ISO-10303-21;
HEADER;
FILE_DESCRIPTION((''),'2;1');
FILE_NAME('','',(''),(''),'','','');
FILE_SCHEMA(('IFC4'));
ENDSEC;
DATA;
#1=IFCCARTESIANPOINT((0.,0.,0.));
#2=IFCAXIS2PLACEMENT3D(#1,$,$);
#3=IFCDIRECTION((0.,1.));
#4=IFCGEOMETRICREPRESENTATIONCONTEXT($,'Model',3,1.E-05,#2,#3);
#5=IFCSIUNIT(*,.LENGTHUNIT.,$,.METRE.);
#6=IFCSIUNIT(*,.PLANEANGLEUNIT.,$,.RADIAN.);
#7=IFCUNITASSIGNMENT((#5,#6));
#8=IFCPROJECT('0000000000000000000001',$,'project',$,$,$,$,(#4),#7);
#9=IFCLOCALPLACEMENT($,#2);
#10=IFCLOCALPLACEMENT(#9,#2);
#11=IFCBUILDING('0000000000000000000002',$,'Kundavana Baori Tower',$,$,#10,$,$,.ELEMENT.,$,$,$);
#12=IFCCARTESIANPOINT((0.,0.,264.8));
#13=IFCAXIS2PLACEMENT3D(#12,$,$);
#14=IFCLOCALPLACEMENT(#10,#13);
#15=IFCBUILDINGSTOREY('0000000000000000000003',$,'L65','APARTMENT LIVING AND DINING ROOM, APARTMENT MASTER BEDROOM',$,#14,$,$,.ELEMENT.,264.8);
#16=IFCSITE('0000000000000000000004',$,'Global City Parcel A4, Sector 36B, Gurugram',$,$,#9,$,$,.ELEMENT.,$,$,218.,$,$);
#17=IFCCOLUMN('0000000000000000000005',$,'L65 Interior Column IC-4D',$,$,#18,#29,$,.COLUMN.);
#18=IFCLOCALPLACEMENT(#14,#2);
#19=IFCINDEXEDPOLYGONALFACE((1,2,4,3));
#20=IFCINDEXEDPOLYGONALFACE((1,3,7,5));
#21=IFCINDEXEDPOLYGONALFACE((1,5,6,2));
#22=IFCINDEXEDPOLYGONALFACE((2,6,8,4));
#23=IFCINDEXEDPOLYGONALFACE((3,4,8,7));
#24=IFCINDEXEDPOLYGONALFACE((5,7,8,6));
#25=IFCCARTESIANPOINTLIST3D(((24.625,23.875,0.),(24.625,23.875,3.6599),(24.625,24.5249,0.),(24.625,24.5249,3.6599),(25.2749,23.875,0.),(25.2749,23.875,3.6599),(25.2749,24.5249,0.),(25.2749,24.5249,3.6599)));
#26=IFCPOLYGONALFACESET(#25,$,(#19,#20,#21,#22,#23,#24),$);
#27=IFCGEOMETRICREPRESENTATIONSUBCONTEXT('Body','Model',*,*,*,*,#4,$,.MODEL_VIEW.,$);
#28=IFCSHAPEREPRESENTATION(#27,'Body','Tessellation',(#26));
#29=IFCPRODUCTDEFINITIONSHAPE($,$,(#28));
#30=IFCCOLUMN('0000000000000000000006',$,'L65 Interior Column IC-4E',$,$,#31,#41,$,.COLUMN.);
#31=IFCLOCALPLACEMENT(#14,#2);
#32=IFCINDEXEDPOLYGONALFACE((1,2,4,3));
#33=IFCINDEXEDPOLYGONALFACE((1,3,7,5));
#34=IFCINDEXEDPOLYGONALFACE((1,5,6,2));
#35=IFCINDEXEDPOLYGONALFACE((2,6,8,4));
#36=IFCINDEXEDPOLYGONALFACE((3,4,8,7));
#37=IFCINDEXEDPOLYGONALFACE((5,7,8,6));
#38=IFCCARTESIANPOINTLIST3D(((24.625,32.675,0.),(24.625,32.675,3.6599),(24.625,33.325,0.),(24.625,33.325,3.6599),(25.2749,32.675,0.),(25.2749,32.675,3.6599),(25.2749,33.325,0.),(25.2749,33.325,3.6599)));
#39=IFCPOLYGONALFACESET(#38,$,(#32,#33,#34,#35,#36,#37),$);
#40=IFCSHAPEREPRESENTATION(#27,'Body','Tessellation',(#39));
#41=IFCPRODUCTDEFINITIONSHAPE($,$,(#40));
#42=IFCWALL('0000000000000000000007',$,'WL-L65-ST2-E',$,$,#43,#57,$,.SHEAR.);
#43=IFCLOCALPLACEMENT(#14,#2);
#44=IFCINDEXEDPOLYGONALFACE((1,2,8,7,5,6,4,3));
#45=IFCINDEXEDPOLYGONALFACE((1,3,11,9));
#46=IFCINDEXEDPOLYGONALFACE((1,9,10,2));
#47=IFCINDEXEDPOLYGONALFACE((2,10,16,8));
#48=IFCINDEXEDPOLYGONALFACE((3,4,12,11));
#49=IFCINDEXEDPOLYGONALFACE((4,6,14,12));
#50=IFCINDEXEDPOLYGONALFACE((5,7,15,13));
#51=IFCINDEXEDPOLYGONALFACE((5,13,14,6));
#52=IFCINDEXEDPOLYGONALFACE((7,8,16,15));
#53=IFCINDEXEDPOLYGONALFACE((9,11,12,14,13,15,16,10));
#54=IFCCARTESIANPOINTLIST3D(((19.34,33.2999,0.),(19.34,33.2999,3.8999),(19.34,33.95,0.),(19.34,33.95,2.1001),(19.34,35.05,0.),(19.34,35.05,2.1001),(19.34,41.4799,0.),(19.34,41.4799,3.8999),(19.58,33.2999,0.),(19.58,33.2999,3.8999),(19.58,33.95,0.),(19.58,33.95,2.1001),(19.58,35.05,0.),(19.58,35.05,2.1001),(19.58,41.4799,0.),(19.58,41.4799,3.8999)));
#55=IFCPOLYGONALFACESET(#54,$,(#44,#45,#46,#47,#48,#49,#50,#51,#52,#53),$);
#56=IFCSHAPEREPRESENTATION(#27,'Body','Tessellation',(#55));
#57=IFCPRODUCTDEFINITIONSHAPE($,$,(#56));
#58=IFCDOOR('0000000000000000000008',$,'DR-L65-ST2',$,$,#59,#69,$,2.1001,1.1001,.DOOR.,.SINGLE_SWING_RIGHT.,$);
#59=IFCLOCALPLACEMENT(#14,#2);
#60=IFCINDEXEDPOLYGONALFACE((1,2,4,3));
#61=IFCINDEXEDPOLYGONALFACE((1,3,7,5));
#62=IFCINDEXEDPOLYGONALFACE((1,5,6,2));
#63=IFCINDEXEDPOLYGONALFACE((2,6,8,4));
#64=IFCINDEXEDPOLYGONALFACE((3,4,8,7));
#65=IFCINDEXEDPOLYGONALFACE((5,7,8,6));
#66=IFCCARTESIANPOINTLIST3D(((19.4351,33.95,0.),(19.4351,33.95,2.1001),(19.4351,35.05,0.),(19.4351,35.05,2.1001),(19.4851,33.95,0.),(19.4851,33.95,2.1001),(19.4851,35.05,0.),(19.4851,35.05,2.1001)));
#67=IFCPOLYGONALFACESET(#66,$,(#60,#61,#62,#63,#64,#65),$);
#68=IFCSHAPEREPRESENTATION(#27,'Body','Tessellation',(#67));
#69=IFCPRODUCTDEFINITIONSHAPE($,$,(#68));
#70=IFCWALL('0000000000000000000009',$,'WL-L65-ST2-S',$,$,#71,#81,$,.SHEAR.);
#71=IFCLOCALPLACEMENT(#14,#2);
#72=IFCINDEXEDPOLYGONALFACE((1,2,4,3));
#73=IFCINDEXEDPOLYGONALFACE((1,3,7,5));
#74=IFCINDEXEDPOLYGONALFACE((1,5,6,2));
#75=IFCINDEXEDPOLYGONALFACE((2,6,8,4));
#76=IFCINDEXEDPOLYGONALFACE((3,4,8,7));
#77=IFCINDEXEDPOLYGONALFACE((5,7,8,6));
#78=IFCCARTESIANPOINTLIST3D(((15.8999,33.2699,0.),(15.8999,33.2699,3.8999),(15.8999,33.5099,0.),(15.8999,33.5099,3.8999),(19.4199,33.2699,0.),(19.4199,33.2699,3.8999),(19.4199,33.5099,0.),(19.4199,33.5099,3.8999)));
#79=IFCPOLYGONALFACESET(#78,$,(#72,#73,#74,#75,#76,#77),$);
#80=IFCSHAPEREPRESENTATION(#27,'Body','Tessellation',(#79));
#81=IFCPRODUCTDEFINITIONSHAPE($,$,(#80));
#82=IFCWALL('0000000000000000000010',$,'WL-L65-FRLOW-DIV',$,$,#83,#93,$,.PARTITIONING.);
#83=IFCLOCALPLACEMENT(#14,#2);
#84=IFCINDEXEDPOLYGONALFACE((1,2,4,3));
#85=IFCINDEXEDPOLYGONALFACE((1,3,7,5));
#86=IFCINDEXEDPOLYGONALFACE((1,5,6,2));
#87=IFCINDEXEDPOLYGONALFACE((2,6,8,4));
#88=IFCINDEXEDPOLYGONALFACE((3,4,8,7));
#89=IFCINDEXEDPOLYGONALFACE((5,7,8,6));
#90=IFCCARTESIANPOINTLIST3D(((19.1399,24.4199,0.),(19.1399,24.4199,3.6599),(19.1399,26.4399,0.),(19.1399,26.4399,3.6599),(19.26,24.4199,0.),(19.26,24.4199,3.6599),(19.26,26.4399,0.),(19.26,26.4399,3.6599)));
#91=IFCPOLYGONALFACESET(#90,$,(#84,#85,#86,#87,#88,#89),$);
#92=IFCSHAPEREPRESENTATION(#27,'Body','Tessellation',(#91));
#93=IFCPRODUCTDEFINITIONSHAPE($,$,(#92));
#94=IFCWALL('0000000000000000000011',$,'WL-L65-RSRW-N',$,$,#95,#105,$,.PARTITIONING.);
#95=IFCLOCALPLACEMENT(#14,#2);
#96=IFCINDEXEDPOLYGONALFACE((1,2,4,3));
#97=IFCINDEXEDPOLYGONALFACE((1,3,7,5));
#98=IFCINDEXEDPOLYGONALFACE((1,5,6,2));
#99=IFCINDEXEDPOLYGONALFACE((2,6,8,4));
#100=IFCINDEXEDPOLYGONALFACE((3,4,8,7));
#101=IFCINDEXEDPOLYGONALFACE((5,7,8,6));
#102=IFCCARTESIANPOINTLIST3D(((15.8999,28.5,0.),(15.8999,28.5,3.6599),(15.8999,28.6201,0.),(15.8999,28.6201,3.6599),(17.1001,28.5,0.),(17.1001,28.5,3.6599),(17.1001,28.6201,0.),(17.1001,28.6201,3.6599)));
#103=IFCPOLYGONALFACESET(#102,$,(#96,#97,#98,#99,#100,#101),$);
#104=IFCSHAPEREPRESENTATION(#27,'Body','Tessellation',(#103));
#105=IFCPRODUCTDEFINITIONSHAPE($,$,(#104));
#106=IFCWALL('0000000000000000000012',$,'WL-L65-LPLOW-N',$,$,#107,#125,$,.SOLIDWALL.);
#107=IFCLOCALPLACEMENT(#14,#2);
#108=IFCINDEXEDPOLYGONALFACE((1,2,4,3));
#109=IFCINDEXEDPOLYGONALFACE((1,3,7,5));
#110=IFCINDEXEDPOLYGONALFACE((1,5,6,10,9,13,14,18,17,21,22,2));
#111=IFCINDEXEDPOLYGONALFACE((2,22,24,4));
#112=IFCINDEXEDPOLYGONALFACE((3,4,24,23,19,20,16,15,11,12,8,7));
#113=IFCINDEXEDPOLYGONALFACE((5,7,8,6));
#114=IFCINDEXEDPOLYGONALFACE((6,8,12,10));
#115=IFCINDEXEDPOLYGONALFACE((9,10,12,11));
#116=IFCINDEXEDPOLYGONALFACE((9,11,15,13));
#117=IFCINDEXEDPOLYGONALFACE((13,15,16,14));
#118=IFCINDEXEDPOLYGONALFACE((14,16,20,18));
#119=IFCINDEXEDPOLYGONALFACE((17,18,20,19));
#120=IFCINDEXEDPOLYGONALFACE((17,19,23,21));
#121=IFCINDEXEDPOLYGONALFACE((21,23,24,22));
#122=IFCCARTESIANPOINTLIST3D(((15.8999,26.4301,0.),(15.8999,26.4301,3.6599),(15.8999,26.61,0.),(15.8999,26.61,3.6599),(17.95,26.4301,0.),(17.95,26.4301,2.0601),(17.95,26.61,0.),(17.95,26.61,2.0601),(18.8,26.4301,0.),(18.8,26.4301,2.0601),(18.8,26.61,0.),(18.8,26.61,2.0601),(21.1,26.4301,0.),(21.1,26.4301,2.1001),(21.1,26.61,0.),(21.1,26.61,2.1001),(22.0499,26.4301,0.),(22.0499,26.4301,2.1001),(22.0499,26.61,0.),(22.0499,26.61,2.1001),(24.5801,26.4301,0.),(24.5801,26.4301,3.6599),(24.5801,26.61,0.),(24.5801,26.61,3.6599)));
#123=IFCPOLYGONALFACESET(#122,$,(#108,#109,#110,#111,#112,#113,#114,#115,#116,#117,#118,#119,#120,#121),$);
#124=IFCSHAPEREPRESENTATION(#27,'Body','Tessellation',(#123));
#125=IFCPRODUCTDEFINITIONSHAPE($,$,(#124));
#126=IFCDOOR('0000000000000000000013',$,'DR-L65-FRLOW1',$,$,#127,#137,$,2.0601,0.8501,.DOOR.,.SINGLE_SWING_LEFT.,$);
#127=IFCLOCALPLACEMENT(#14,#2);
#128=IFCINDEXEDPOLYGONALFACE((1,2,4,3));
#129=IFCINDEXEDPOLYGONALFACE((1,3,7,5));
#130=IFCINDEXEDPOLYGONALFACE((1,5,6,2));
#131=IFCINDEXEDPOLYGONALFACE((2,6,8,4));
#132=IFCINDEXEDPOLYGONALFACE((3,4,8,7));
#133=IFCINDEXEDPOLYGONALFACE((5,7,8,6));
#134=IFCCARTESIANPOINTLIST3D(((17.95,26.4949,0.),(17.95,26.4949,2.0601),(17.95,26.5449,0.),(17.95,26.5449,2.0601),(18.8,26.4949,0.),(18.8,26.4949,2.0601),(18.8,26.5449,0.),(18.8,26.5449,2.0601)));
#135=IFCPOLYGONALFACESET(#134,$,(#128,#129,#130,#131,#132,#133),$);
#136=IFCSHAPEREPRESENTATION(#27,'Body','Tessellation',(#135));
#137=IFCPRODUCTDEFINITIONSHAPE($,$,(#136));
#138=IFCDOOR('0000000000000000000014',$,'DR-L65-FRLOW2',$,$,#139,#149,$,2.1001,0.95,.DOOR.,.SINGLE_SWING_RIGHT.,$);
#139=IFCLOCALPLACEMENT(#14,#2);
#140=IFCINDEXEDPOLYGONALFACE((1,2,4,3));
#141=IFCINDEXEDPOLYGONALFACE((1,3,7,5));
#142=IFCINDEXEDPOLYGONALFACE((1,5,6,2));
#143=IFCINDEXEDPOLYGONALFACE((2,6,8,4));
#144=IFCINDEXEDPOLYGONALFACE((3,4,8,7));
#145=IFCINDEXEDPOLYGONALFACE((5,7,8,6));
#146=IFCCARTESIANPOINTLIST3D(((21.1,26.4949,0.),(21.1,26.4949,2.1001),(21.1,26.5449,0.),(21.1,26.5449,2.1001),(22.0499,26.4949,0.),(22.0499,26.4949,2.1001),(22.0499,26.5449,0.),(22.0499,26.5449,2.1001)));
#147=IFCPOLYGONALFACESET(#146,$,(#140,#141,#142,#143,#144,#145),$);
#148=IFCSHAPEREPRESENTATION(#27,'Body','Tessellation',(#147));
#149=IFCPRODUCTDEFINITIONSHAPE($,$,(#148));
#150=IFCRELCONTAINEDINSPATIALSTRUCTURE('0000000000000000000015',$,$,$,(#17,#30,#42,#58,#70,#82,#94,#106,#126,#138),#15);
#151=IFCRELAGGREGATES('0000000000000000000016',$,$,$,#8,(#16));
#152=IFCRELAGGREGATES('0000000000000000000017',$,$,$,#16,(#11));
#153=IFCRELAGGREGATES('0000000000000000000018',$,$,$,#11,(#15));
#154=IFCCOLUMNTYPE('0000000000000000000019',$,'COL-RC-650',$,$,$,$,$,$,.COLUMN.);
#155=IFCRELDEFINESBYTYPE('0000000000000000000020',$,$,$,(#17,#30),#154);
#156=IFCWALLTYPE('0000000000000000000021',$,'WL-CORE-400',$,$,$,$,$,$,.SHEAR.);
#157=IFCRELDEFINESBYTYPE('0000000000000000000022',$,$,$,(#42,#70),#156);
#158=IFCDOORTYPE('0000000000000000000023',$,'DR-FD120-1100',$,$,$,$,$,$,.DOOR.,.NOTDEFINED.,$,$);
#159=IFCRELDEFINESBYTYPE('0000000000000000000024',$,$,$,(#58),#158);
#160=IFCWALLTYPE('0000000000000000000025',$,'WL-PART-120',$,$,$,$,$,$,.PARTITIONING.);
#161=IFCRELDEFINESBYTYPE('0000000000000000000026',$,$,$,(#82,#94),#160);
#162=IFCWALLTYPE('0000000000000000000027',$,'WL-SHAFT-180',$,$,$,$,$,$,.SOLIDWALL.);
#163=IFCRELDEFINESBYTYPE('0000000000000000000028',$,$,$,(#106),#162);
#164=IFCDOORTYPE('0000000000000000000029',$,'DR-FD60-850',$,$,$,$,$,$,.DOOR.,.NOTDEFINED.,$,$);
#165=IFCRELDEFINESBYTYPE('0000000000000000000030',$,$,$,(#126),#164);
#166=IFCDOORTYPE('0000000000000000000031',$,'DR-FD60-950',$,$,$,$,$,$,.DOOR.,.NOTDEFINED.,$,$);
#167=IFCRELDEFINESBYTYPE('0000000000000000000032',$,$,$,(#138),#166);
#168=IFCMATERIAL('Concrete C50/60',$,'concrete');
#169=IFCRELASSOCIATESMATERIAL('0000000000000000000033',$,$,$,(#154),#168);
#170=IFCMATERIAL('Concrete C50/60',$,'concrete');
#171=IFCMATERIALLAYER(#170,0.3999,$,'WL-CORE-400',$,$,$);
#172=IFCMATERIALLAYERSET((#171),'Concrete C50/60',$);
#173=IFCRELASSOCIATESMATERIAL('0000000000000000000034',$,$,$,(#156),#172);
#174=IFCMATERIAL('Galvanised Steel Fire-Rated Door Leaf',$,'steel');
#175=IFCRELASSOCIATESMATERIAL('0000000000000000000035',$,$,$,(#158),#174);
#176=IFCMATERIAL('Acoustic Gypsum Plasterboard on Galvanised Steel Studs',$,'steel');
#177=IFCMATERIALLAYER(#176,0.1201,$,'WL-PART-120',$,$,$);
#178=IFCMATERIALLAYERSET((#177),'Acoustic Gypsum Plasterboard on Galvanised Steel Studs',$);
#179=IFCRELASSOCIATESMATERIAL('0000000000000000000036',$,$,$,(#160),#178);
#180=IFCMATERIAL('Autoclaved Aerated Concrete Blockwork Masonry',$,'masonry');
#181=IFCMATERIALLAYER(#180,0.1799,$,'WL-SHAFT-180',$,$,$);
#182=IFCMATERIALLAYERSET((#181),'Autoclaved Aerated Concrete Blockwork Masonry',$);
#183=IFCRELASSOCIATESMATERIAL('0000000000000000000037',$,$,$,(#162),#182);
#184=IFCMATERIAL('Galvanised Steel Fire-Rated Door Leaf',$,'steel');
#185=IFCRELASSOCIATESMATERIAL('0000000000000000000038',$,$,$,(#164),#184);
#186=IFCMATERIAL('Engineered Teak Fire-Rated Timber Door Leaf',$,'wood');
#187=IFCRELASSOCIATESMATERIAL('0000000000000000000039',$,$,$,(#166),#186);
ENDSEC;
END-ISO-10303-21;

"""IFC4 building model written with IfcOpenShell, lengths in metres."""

from ifc_helpers import new_model, si_unit, direction, frame, frame_2d, origin, origin_2d, place, context, subcontext, project, spatial, rectangle, extrude, material, layer, layer_set, material_profile, profile_set, type_object, element, fill, save


model = new_model("IFC4")

# Units and contexts
model_context = context("Model", 3, precision=1e-05, world=origin(), true_north=direction((0.0, 1.0)))
body_context = subcontext(model_context, "Body", "Model", "MODEL_VIEW")
ifc_project = project(units=[si_unit("LENGTHUNIT", "METRE"), si_unit("PLANEANGLEUNIT", "RADIAN")], contexts=[model_context])

# Site, building, storey
site_placement = place(None, origin())
site = spatial("IfcSite", under=ifc_project, at=site_placement, Name="Global City Parcel A4, Sector 36B, Gurugram", CompositionType="ELEMENT", RefElevation=218.0)
building_placement = place(site_placement, origin())
building = spatial("IfcBuilding", under=site, at=building_placement, Name="Kundavana Baori Tower", CompositionType="ELEMENT")
storey_placement = place(building_placement, frame((0.0, 0.0, 264.8)))
storey = spatial("IfcBuildingStorey", under=building, at=storey_placement, Name="L65", Description="APARTMENT LIVING AND DINING ROOM, APARTMENT MASTER BEDROOM", CompositionType="ELEMENT", Elevation=264.8)

# Columns
ifc_material_1 = material(Name="Concrete C50/60", Category="concrete")
ifc_material_profile = material_profile(ifc_material_1, rectangle(XDim=0.6499, YDim=0.6499, at=origin_2d()), Name="RC 650x650")
ifc_profile_set = profile_set([ifc_material_profile], Name="Concrete C50/60")
column_type = type_object("IfcColumnType", Name="COL-RC-650", PredefinedType="COLUMN", material=ifc_profile_set)
for number, where, z_axis, x_axis, name in (
    (1, (24.95, 24.2, 0.0), (0.0, 0.0, 1.0), (1.0, 0.0, 0.0), "L65 Interior Column IC-4D"),
    (2, (24.95, 33.0, 0.0), (0.0, 0.0, 1.0), (1.0, 0.0, 0.0), "L65 Interior Column IC-4E"),
):
    element("IfcColumn", number, at=place(storey_placement, frame(where, z_axis=z_axis, x_axis=x_axis)), inside=storey, type_object=column_type, Name=name, PredefinedType="COLUMN", context=body_context, shape_type="SweptSolid", body=[
        extrude(rectangle(XDim=0.6499, YDim=0.6499, at=origin_2d()), origin(), (0.0, 0.0, 1.0), 3.6599),
    ])

# Wall, opening, door
ifc_material_2 = material(Name="Concrete C50/60", Category="concrete")
ifc_layer_1 = layer(ifc_material_2, 0.3999, Name="WL-CORE-400")
ifc_layer_set_1 = layer_set([ifc_layer_1], Name="Concrete C50/60")
wall_type_1 = type_object("IfcWallType", Name="WL-CORE-400", PredefinedType="SHEAR", material=ifc_layer_set_1)
wall_1_placement = place(storey_placement, frame((19.46, 33.3, 0.0), z_axis=(0.0, 0.0, 1.0), x_axis=(0.0, 1.0, 0.0)))
wall_1 = element("IfcWall", 3, at=wall_1_placement, inside=storey, type_object=wall_type_1, Name="WL-L65-ST2-E", PredefinedType="SHEAR", context=body_context, shape_type="SweptSolid", body=[
    extrude(rectangle(XDim=8.1799, YDim=0.24, at=frame_2d((4.0898, 0.0))), origin(), (0.0, 0.0, 1.0), 3.8999),
])
opening_1_placement = place(wall_1_placement, frame((0.6499, 0.0, 0.0)))
opening_1 = element("IfcOpeningElement", 4, at=opening_1_placement, cuts=wall_1, PredefinedType="OPENING", context=body_context, shape_type="SweptSolid", body=[
    extrude(rectangle(XDim=1.1001, YDim=2.1001, at=frame_2d((0.55, 1.05))), frame((0.0, 0.1299, 0.0), z_axis=(0.0, -1.0, 0.0), x_axis=(1.0, 0.0, 0.0)), (0.0, 0.0, 1.0), 0.26),
])
ifc_material_3 = material(Name="Galvanised Steel Fire-Rated Door Leaf", Category="steel")
door_type_1 = type_object("IfcDoorType", Name="DR-FD120-1100", OperationType="NOTDEFINED", PredefinedType="DOOR", material=ifc_material_3)
door_1_placement = place(opening_1_placement, origin())
door_1 = element("IfcDoor", 5, at=door_1_placement, inside=storey, type_object=door_type_1, Name="DR-L65-ST2", OperationType="SINGLE_SWING_RIGHT", OverallHeight=2.1001, OverallWidth=1.1001, PredefinedType="DOOR", context=body_context, shape_type="SweptSolid", body=[
    extrude(rectangle(XDim=1.1001, YDim=2.1001, at=frame_2d((0.55, 1.05))), frame((0.0, 0.0249, 0.0), z_axis=(0.0, -1.0, 0.0), x_axis=(1.0, 0.0, 0.0)), (0.0, 0.0, 1.0), 0.05),
])
fill(opening_1, door_1)

# Walls
wall_2_placement = place(storey_placement, frame((15.8999, 33.3899, 0.0), z_axis=(0.0, 0.0, 1.0), x_axis=(1.0, 0.0, 0.0)))
element("IfcWall", 6, at=wall_2_placement, inside=storey, type_object=wall_type_1, Name="WL-L65-ST2-S", PredefinedType="SHEAR", context=body_context, shape_type="SweptSolid", body=[
    extrude(rectangle(XDim=3.52, YDim=0.24, at=frame_2d((1.76, 0.0))), origin(), (0.0, 0.0, 1.0), 3.8999),
])
ifc_material_4 = material(Name="Acoustic Gypsum Plasterboard on Galvanised Steel Studs", Category="steel")
ifc_layer_2 = layer(ifc_material_4, 0.1201, Name="WL-PART-120")
ifc_layer_set_2 = layer_set([ifc_layer_2], Name="Acoustic Gypsum Plasterboard on Galvanised Steel Studs")
wall_type_2 = type_object("IfcWallType", Name="WL-PART-120", PredefinedType="PARTITIONING", material=ifc_layer_set_2)
wall_3_placement = place(storey_placement, frame((19.2, 24.4199, 0.0), z_axis=(0.0, 0.0, 1.0), x_axis=(0.0, 1.0, 0.0)))
element("IfcWall", 7, at=wall_3_placement, inside=storey, type_object=wall_type_2, Name="WL-L65-FRLOW-DIV", PredefinedType="PARTITIONING", context=body_context, shape_type="SweptSolid", body=[
    extrude(rectangle(XDim=2.02, YDim=0.1201, at=frame_2d((1.01, 0.0))), origin(), (0.0, 0.0, 1.0), 3.6599),
])
wall_4_placement = place(storey_placement, frame((15.8999, 28.5601, 0.0), z_axis=(0.0, 0.0, 1.0), x_axis=(1.0, 0.0, 0.0)))
element("IfcWall", 8, at=wall_4_placement, inside=storey, type_object=wall_type_2, Name="WL-L65-RSRW-N", PredefinedType="PARTITIONING", context=body_context, shape_type="SweptSolid", body=[
    extrude(rectangle(XDim=1.2002, YDim=0.1201, at=frame_2d((0.6001, 0.0))), origin(), (0.0, 0.0, 1.0), 3.6599),
])

# Wall, openings, doors
ifc_material_5 = material(Name="Autoclaved Aerated Concrete Blockwork Masonry", Category="masonry")
ifc_layer_3 = layer(ifc_material_5, 0.1799, Name="WL-SHAFT-180")
ifc_layer_set_3 = layer_set([ifc_layer_3], Name="Autoclaved Aerated Concrete Blockwork Masonry")
wall_type_3 = type_object("IfcWallType", Name="WL-SHAFT-180", PredefinedType="SOLIDWALL", material=ifc_layer_set_3)
wall_5_placement = place(storey_placement, frame((15.8999, 26.52, 0.0), z_axis=(0.0, 0.0, 1.0), x_axis=(1.0, 0.0, 0.0)))
wall_5 = element("IfcWall", 9, at=wall_5_placement, inside=storey, type_object=wall_type_3, Name="WL-L65-LPLOW-N", PredefinedType="SOLIDWALL", context=body_context, shape_type="SweptSolid", body=[
    extrude(rectangle(XDim=8.6802, YDim=0.1799, at=frame_2d((4.3401, 0.0))), origin(), (0.0, 0.0, 1.0), 3.6599),
])
opening_2_placement = place(wall_5_placement, frame((2.05, 0.0, 0.0)))
opening_2 = element("IfcOpeningElement", 10, at=opening_2_placement, cuts=wall_5, PredefinedType="OPENING", context=body_context, shape_type="SweptSolid", body=[
    extrude(rectangle(XDim=0.8501, YDim=2.0601, at=frame_2d((0.425, 1.03))), frame((0.0, 0.1001, 0.0), z_axis=(0.0, -1.0, 0.0), x_axis=(1.0, 0.0, 0.0)), (0.0, 0.0, 1.0), 0.2),
])
opening_3_placement = place(wall_5_placement, frame((5.2, 0.0, 0.0)))
opening_3 = element("IfcOpeningElement", 11, at=opening_3_placement, cuts=wall_5, PredefinedType="OPENING", context=body_context, shape_type="SweptSolid", body=[
    extrude(rectangle(XDim=0.95, YDim=2.1001, at=frame_2d((0.4751, 1.05))), frame((0.0, 0.1001, 0.0), z_axis=(0.0, -1.0, 0.0), x_axis=(1.0, 0.0, 0.0)), (0.0, 0.0, 1.0), 0.2),
])
ifc_material_6 = material(Name="Galvanised Steel Fire-Rated Door Leaf", Category="steel")
door_type_2 = type_object("IfcDoorType", Name="DR-FD60-850", OperationType="NOTDEFINED", PredefinedType="DOOR", material=ifc_material_6)
door_2_placement = place(opening_2_placement, origin())
door_2 = element("IfcDoor", 12, at=door_2_placement, inside=storey, type_object=door_type_2, Name="DR-L65-FRLOW1", OperationType="SINGLE_SWING_LEFT", OverallHeight=2.0601, OverallWidth=0.8501, PredefinedType="DOOR", context=body_context, shape_type="SweptSolid", body=[
    extrude(rectangle(XDim=0.8501, YDim=2.0601, at=frame_2d((0.425, 1.03))), frame((0.0, 0.0249, 0.0), z_axis=(0.0, -1.0, 0.0), x_axis=(1.0, 0.0, 0.0)), (0.0, 0.0, 1.0), 0.05),
])
fill(opening_2, door_2)
ifc_material_7 = material(Name="Engineered Teak Fire-Rated Timber Door Leaf", Category="wood")
door_type_3 = type_object("IfcDoorType", Name="DR-FD60-950", OperationType="NOTDEFINED", PredefinedType="DOOR", material=ifc_material_7)
door_3_placement = place(opening_3_placement, origin())
door_3 = element("IfcDoor", 13, at=door_3_placement, inside=storey, type_object=door_type_3, Name="DR-L65-FRLOW2", OperationType="SINGLE_SWING_RIGHT", OverallHeight=2.1001, OverallWidth=0.95, PredefinedType="DOOR", context=body_context, shape_type="SweptSolid", body=[
    extrude(rectangle(XDim=0.95, YDim=2.1001, at=frame_2d((0.4751, 1.05))), frame((0.0, 0.0249, 0.0), z_axis=(0.0, -1.0, 0.0), x_axis=(1.0, 0.0, 0.0)), (0.0, 0.0, 1.0), 0.05),
])
fill(opening_3, door_3)

save(model, "model.ifc")
